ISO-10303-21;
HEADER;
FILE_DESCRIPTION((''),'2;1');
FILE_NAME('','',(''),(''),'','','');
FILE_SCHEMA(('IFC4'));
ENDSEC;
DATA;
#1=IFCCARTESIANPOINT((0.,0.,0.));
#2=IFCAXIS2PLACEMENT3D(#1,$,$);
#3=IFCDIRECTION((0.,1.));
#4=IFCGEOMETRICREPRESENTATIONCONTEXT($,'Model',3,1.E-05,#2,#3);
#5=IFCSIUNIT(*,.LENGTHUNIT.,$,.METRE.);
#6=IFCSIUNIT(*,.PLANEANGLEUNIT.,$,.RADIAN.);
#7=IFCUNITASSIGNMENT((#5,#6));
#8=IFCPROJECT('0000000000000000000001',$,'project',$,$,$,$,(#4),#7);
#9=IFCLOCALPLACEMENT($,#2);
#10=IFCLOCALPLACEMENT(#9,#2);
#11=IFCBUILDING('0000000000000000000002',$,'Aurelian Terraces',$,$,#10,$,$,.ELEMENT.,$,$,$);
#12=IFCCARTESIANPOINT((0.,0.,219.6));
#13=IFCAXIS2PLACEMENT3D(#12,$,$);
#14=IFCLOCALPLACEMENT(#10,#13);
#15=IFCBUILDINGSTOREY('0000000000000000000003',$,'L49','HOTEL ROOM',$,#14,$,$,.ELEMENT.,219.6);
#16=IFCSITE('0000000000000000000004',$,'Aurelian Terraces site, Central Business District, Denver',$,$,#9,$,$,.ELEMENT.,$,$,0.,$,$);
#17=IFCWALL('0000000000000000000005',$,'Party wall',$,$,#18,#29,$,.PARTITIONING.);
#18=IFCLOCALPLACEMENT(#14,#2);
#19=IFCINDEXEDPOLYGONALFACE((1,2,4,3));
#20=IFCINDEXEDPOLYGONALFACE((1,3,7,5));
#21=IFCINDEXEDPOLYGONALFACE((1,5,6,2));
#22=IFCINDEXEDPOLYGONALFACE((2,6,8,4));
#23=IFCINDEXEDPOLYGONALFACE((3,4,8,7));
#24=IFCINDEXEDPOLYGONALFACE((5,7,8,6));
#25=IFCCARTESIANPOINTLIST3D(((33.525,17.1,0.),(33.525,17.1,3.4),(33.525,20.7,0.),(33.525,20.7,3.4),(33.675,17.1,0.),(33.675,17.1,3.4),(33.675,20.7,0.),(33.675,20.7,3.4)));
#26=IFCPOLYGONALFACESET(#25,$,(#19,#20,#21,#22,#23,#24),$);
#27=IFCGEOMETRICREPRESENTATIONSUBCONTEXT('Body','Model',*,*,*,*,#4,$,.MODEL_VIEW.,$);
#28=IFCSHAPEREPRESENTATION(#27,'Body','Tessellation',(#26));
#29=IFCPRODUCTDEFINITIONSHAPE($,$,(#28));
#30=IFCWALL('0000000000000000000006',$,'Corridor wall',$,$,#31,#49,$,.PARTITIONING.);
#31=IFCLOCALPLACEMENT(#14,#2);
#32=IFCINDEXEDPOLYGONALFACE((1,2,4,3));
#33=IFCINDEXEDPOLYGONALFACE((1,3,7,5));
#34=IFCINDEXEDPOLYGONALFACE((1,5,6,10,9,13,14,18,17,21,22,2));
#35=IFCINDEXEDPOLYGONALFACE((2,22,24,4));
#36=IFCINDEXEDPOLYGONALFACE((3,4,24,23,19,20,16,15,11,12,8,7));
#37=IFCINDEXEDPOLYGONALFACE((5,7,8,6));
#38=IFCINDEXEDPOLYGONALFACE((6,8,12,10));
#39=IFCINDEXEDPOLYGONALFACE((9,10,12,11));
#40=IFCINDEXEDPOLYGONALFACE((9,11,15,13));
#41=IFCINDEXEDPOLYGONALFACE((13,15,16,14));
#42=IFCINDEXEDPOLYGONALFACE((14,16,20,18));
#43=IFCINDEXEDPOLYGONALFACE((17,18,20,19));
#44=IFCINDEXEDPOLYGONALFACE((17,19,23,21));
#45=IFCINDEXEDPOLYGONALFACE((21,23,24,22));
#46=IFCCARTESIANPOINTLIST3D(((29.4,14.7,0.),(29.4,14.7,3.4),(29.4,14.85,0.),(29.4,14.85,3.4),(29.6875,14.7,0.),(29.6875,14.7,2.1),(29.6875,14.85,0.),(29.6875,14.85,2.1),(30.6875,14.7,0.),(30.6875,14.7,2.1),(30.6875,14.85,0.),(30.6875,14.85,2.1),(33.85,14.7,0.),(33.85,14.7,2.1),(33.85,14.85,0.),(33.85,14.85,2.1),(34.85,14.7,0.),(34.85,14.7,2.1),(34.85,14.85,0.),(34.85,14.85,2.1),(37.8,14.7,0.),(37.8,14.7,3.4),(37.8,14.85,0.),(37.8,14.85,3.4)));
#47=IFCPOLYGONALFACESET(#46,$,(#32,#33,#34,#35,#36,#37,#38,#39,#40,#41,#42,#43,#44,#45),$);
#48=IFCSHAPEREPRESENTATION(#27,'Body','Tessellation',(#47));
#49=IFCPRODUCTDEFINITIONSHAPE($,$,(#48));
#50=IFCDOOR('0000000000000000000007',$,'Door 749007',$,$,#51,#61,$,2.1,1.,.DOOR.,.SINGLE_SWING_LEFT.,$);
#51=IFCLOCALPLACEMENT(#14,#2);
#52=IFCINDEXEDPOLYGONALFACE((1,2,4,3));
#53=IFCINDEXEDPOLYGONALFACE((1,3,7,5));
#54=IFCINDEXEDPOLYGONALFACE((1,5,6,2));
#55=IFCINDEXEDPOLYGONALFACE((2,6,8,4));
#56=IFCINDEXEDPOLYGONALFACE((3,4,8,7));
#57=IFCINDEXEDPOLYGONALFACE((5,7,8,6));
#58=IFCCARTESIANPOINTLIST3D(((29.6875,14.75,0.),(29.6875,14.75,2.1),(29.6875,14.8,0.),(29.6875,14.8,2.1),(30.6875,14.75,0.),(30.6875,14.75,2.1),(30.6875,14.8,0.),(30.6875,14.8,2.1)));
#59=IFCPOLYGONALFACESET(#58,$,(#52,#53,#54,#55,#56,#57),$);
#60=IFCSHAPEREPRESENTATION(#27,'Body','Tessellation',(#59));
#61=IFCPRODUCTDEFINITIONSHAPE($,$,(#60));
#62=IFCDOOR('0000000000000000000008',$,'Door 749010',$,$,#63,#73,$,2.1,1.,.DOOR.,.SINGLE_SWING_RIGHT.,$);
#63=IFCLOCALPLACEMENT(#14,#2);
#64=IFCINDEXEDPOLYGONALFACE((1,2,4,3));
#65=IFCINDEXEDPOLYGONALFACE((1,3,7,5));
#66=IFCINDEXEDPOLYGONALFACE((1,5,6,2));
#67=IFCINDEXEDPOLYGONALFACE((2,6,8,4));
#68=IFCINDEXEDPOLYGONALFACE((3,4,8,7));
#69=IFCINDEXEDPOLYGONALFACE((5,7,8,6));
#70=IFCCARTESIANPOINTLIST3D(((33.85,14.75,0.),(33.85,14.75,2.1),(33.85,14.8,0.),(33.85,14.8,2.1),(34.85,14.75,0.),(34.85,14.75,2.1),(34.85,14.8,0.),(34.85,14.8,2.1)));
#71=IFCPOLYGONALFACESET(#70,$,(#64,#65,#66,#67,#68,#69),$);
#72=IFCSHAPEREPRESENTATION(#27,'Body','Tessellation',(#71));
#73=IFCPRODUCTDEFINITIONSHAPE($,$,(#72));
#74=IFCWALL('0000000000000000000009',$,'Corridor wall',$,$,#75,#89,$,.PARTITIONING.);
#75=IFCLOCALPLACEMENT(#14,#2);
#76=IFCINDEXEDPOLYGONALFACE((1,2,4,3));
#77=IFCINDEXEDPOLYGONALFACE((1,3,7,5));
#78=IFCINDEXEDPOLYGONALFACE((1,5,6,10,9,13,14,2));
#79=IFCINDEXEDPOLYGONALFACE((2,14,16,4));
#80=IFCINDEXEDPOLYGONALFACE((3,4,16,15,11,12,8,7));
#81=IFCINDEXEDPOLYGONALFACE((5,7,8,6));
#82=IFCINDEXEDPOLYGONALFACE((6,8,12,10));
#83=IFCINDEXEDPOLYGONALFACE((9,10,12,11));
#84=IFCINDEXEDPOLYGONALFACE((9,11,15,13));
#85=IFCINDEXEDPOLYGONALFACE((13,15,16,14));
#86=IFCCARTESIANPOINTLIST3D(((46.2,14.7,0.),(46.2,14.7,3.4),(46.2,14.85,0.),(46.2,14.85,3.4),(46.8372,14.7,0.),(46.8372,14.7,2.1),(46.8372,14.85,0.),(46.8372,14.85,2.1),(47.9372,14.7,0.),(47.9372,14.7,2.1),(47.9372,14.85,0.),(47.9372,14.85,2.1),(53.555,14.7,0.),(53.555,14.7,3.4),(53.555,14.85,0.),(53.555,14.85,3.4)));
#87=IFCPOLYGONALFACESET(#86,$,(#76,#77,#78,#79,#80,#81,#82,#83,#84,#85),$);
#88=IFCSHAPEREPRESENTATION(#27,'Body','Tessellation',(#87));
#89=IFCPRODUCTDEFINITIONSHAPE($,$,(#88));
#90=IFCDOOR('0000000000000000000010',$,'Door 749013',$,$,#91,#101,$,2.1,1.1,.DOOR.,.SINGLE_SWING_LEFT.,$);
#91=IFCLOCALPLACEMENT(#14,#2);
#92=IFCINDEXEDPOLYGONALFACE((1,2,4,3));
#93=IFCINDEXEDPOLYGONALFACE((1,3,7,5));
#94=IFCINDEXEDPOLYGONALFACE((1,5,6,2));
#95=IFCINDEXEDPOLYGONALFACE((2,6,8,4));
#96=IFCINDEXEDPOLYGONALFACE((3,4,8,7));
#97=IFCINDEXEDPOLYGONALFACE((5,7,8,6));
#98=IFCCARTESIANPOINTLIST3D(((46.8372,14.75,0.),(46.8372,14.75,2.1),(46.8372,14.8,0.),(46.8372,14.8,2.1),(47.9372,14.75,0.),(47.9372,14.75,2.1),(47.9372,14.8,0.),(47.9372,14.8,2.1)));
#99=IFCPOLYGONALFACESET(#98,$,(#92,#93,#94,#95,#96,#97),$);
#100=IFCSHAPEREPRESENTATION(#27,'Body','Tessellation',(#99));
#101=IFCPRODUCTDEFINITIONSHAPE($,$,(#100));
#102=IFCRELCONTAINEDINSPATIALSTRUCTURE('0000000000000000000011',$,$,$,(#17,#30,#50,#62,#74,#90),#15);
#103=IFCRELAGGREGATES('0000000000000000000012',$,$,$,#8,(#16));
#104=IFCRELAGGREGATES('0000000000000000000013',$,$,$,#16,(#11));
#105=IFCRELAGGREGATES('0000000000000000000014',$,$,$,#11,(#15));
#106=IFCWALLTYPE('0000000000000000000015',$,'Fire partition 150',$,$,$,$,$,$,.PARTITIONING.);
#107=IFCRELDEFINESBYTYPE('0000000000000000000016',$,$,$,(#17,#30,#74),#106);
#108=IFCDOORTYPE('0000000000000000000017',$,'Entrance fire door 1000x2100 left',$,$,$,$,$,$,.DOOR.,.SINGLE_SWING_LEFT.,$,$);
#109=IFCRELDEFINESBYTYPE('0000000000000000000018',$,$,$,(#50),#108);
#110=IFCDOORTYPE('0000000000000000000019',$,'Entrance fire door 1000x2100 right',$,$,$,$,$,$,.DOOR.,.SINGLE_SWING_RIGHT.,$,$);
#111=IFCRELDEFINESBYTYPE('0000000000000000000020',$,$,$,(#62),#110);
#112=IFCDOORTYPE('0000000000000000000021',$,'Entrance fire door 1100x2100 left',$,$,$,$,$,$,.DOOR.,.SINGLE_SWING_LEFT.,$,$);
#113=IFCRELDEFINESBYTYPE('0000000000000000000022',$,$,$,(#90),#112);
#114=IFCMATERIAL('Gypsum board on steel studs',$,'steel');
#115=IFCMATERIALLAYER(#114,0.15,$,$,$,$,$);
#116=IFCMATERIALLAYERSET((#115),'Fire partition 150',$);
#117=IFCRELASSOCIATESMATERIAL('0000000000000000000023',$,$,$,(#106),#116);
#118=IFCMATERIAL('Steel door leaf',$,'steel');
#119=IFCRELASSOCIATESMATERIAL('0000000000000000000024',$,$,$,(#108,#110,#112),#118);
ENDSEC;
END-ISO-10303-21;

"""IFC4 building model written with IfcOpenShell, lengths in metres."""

from ifc_helpers import new_model, si_unit, direction, frame, frame_2d, origin, place, context, subcontext, project, spatial, rectangle, extrude, source, transform, mapped, material, layer, layer_set, type_object, element, fill, save


model = new_model("IFC4")

# Units and contexts
model_context = context("Model", 3, precision=1e-05, world=origin(), true_north=direction((0.0, 1.0)))
body_context = subcontext(model_context, "Body", "Model", "MODEL_VIEW")
ifc_project = project(units=[si_unit("LENGTHUNIT", "METRE"), si_unit("PLANEANGLEUNIT", "RADIAN")], contexts=[model_context])

# Site, building, storey
site_placement = place(None, origin())
site = spatial("IfcSite", under=ifc_project, at=site_placement, Name="Aurelian Terraces site, Central Business District, Denver", CompositionType="ELEMENT", RefElevation=0.0)
building_placement = place(site_placement, origin())
building = spatial("IfcBuilding", under=site, at=building_placement, Name="Aurelian Terraces", CompositionType="ELEMENT")
storey_placement = place(building_placement, frame((0.0, 0.0, 219.6)))
storey = spatial("IfcBuildingStorey", under=building, at=storey_placement, Name="L49", Description="HOTEL ROOM", CompositionType="ELEMENT", Elevation=219.6)

# Shared definitions
ifc_material_1 = material(Name="Gypsum board on steel studs", Category="steel")
ifc_layer_1 = layer(ifc_material_1, 0.15)
ifc_layer_set_1 = layer_set([ifc_layer_1], Name="Fire partition 150")
wall_type_1 = type_object("IfcWallType", Name="Fire partition 150", PredefinedType="PARTITIONING", material=ifc_layer_set_1)

# Wall
shared_shape_1 = source(origin(), body_context, "Body", "SweptSolid", [
    extrude(rectangle(XDim=3.6, YDim=0.15, at=frame_2d((1.8, 0.0))), origin(), (0.0, 0.0, 1.0), 3.4),
])
wall_1_placement = place(storey_placement, frame((33.6, 17.1, 0.0), z_axis=(0.0, 0.0, 1.0), x_axis=(0.0, 1.0, 0.0)))
element("IfcWall", 1, at=wall_1_placement, inside=storey, type_object=wall_type_1, Name="Party wall", PredefinedType="PARTITIONING", context=body_context, shape_type="MappedRepresentation", body=[
    mapped(shared_shape_1, transform((0.0, 0.0, 0.0), scale=1.0)),
])

# Wall, openings, doors
shared_shape_2 = source(origin(), body_context, "Body", "SweptSolid", [
    extrude(rectangle(XDim=8.4, YDim=0.15, at=frame_2d((4.2, 0.0))), origin(), (0.0, 0.0, 1.0), 3.4),
])
wall_2_placement = place(storey_placement, frame((37.8, 14.775, 0.0), z_axis=(0.0, 0.0, 1.0), x_axis=(-1.0, 0.0, 0.0)))
wall_2 = element("IfcWall", 2, at=wall_2_placement, inside=storey, type_object=wall_type_1, Name="Corridor wall", PredefinedType="PARTITIONING", context=body_context, shape_type="MappedRepresentation", body=[
    mapped(shared_shape_2, transform((0.0, 0.0, 0.0), scale=1.0)),
])
shared_shape_3 = source(origin(), body_context, "Body", "SweptSolid", [
    extrude(rectangle(XDim=1.0, YDim=2.1, at=frame_2d((0.5, 1.05))), frame((0.0, 0.085, 0.0), z_axis=(0.0, -1.0, 0.0), x_axis=(1.0, 0.0, 0.0)), (0.0, 0.0, 1.0), 0.17),
])
opening_1_placement = place(wall_2_placement, frame((7.1125, 0.0, 0.0)))
opening_1 = element("IfcOpeningElement", 3, at=opening_1_placement, cuts=wall_2, PredefinedType="OPENING", context=body_context, shape_type="MappedRepresentation", body=[
    mapped(shared_shape_3, transform((0.0, 0.0, 0.0), scale=1.0)),
])
opening_2_placement = place(wall_2_placement, frame((2.95, 0.0, 0.0)))
opening_2 = element("IfcOpeningElement", 4, at=opening_2_placement, cuts=wall_2, PredefinedType="OPENING", context=body_context, shape_type="MappedRepresentation", body=[
    mapped(shared_shape_3, transform((0.0, 0.0, 0.0), scale=1.0)),
])
ifc_material_2 = material(Name="Steel door leaf", Category="steel")
door_type_1 = type_object("IfcDoorType", Name="Entrance fire door 1000x2100 left", OperationType="SINGLE_SWING_LEFT", PredefinedType="DOOR", material=ifc_material_2)
shared_shape_4 = source(origin(), body_context, "Body", "SweptSolid", [
    extrude(rectangle(XDim=1.0, YDim=2.1, at=frame_2d((0.5, 1.05))), frame((0.0, 0.025, 0.0), z_axis=(0.0, -1.0, 0.0), x_axis=(1.0, 0.0, 0.0)), (0.0, 0.0, 1.0), 0.05),
])
door_1_placement = place(opening_1_placement, origin())
door_1 = element("IfcDoor", 5, at=door_1_placement, inside=storey, type_object=door_type_1, Name="Door 749007", OperationType="SINGLE_SWING_LEFT", OverallHeight=2.1, OverallWidth=1.0, PredefinedType="DOOR", context=body_context, shape_type="MappedRepresentation", body=[
    mapped(shared_shape_4, transform((0.0, 0.0, 0.0), scale=1.0)),
])
fill(opening_1, door_1)
door_type_2 = type_object("IfcDoorType", Name="Entrance fire door 1000x2100 right", OperationType="SINGLE_SWING_RIGHT", PredefinedType="DOOR", material=ifc_material_2)
door_2_placement = place(opening_2_placement, origin())
door_2 = element("IfcDoor", 6, at=door_2_placement, inside=storey, type_object=door_type_2, Name="Door 749010", OperationType="SINGLE_SWING_RIGHT", OverallHeight=2.1, OverallWidth=1.0, PredefinedType="DOOR", context=body_context, shape_type="MappedRepresentation", body=[
    mapped(shared_shape_4, transform((0.0, 0.0, 0.0), scale=1.0)),
])
fill(opening_2, door_2)

# Wall, opening, door
shared_shape_5 = source(origin(), body_context, "Body", "SweptSolid", [
    extrude(rectangle(XDim=7.355, YDim=0.15, at=frame_2d((3.6775, 0.0))), origin(), (0.0, 0.0, 1.0), 3.4),
])
wall_3_placement = place(storey_placement, frame((53.555, 14.775, 0.0), z_axis=(0.0, 0.0, 1.0), x_axis=(-1.0, 0.0, 0.0)))
wall_3 = element("IfcWall", 7, at=wall_3_placement, inside=storey, type_object=wall_type_1, Name="Corridor wall", PredefinedType="PARTITIONING", context=body_context, shape_type="MappedRepresentation", body=[
    mapped(shared_shape_5, transform((0.0, 0.0, 0.0), scale=1.0)),
])
shared_shape_6 = source(origin(), body_context, "Body", "SweptSolid", [
    extrude(rectangle(XDim=1.1, YDim=2.1, at=frame_2d((0.55, 1.05))), frame((0.0, 0.085, 0.0), z_axis=(0.0, -1.0, 0.0), x_axis=(1.0, 0.0, 0.0)), (0.0, 0.0, 1.0), 0.17),
])
opening_3_placement = place(wall_3_placement, frame((5.6178, 0.0, 0.0)))
opening_3 = element("IfcOpeningElement", 8, at=opening_3_placement, cuts=wall_3, PredefinedType="OPENING", context=body_context, shape_type="MappedRepresentation", body=[
    mapped(shared_shape_6, transform((0.0, 0.0, 0.0), scale=1.0)),
])
door_type_3 = type_object("IfcDoorType", Name="Entrance fire door 1100x2100 left", OperationType="SINGLE_SWING_LEFT", PredefinedType="DOOR", material=ifc_material_2)
shared_shape_7 = source(origin(), body_context, "Body", "SweptSolid", [
    extrude(rectangle(XDim=1.1, YDim=2.1, at=frame_2d((0.55, 1.05))), frame((0.0, 0.025, 0.0), z_axis=(0.0, -1.0, 0.0), x_axis=(1.0, 0.0, 0.0)), (0.0, 0.0, 1.0), 0.05),
])
door_3_placement = place(opening_3_placement, origin())
door_3 = element("IfcDoor", 9, at=door_3_placement, inside=storey, type_object=door_type_3, Name="Door 749013", OperationType="SINGLE_SWING_LEFT", OverallHeight=2.1, OverallWidth=1.1, PredefinedType="DOOR", context=body_context, shape_type="MappedRepresentation", body=[
    mapped(shared_shape_7, transform((0.0, 0.0, 0.0), scale=1.0)),
])
fill(opening_3, door_3)

save(model, "model.ifc")
